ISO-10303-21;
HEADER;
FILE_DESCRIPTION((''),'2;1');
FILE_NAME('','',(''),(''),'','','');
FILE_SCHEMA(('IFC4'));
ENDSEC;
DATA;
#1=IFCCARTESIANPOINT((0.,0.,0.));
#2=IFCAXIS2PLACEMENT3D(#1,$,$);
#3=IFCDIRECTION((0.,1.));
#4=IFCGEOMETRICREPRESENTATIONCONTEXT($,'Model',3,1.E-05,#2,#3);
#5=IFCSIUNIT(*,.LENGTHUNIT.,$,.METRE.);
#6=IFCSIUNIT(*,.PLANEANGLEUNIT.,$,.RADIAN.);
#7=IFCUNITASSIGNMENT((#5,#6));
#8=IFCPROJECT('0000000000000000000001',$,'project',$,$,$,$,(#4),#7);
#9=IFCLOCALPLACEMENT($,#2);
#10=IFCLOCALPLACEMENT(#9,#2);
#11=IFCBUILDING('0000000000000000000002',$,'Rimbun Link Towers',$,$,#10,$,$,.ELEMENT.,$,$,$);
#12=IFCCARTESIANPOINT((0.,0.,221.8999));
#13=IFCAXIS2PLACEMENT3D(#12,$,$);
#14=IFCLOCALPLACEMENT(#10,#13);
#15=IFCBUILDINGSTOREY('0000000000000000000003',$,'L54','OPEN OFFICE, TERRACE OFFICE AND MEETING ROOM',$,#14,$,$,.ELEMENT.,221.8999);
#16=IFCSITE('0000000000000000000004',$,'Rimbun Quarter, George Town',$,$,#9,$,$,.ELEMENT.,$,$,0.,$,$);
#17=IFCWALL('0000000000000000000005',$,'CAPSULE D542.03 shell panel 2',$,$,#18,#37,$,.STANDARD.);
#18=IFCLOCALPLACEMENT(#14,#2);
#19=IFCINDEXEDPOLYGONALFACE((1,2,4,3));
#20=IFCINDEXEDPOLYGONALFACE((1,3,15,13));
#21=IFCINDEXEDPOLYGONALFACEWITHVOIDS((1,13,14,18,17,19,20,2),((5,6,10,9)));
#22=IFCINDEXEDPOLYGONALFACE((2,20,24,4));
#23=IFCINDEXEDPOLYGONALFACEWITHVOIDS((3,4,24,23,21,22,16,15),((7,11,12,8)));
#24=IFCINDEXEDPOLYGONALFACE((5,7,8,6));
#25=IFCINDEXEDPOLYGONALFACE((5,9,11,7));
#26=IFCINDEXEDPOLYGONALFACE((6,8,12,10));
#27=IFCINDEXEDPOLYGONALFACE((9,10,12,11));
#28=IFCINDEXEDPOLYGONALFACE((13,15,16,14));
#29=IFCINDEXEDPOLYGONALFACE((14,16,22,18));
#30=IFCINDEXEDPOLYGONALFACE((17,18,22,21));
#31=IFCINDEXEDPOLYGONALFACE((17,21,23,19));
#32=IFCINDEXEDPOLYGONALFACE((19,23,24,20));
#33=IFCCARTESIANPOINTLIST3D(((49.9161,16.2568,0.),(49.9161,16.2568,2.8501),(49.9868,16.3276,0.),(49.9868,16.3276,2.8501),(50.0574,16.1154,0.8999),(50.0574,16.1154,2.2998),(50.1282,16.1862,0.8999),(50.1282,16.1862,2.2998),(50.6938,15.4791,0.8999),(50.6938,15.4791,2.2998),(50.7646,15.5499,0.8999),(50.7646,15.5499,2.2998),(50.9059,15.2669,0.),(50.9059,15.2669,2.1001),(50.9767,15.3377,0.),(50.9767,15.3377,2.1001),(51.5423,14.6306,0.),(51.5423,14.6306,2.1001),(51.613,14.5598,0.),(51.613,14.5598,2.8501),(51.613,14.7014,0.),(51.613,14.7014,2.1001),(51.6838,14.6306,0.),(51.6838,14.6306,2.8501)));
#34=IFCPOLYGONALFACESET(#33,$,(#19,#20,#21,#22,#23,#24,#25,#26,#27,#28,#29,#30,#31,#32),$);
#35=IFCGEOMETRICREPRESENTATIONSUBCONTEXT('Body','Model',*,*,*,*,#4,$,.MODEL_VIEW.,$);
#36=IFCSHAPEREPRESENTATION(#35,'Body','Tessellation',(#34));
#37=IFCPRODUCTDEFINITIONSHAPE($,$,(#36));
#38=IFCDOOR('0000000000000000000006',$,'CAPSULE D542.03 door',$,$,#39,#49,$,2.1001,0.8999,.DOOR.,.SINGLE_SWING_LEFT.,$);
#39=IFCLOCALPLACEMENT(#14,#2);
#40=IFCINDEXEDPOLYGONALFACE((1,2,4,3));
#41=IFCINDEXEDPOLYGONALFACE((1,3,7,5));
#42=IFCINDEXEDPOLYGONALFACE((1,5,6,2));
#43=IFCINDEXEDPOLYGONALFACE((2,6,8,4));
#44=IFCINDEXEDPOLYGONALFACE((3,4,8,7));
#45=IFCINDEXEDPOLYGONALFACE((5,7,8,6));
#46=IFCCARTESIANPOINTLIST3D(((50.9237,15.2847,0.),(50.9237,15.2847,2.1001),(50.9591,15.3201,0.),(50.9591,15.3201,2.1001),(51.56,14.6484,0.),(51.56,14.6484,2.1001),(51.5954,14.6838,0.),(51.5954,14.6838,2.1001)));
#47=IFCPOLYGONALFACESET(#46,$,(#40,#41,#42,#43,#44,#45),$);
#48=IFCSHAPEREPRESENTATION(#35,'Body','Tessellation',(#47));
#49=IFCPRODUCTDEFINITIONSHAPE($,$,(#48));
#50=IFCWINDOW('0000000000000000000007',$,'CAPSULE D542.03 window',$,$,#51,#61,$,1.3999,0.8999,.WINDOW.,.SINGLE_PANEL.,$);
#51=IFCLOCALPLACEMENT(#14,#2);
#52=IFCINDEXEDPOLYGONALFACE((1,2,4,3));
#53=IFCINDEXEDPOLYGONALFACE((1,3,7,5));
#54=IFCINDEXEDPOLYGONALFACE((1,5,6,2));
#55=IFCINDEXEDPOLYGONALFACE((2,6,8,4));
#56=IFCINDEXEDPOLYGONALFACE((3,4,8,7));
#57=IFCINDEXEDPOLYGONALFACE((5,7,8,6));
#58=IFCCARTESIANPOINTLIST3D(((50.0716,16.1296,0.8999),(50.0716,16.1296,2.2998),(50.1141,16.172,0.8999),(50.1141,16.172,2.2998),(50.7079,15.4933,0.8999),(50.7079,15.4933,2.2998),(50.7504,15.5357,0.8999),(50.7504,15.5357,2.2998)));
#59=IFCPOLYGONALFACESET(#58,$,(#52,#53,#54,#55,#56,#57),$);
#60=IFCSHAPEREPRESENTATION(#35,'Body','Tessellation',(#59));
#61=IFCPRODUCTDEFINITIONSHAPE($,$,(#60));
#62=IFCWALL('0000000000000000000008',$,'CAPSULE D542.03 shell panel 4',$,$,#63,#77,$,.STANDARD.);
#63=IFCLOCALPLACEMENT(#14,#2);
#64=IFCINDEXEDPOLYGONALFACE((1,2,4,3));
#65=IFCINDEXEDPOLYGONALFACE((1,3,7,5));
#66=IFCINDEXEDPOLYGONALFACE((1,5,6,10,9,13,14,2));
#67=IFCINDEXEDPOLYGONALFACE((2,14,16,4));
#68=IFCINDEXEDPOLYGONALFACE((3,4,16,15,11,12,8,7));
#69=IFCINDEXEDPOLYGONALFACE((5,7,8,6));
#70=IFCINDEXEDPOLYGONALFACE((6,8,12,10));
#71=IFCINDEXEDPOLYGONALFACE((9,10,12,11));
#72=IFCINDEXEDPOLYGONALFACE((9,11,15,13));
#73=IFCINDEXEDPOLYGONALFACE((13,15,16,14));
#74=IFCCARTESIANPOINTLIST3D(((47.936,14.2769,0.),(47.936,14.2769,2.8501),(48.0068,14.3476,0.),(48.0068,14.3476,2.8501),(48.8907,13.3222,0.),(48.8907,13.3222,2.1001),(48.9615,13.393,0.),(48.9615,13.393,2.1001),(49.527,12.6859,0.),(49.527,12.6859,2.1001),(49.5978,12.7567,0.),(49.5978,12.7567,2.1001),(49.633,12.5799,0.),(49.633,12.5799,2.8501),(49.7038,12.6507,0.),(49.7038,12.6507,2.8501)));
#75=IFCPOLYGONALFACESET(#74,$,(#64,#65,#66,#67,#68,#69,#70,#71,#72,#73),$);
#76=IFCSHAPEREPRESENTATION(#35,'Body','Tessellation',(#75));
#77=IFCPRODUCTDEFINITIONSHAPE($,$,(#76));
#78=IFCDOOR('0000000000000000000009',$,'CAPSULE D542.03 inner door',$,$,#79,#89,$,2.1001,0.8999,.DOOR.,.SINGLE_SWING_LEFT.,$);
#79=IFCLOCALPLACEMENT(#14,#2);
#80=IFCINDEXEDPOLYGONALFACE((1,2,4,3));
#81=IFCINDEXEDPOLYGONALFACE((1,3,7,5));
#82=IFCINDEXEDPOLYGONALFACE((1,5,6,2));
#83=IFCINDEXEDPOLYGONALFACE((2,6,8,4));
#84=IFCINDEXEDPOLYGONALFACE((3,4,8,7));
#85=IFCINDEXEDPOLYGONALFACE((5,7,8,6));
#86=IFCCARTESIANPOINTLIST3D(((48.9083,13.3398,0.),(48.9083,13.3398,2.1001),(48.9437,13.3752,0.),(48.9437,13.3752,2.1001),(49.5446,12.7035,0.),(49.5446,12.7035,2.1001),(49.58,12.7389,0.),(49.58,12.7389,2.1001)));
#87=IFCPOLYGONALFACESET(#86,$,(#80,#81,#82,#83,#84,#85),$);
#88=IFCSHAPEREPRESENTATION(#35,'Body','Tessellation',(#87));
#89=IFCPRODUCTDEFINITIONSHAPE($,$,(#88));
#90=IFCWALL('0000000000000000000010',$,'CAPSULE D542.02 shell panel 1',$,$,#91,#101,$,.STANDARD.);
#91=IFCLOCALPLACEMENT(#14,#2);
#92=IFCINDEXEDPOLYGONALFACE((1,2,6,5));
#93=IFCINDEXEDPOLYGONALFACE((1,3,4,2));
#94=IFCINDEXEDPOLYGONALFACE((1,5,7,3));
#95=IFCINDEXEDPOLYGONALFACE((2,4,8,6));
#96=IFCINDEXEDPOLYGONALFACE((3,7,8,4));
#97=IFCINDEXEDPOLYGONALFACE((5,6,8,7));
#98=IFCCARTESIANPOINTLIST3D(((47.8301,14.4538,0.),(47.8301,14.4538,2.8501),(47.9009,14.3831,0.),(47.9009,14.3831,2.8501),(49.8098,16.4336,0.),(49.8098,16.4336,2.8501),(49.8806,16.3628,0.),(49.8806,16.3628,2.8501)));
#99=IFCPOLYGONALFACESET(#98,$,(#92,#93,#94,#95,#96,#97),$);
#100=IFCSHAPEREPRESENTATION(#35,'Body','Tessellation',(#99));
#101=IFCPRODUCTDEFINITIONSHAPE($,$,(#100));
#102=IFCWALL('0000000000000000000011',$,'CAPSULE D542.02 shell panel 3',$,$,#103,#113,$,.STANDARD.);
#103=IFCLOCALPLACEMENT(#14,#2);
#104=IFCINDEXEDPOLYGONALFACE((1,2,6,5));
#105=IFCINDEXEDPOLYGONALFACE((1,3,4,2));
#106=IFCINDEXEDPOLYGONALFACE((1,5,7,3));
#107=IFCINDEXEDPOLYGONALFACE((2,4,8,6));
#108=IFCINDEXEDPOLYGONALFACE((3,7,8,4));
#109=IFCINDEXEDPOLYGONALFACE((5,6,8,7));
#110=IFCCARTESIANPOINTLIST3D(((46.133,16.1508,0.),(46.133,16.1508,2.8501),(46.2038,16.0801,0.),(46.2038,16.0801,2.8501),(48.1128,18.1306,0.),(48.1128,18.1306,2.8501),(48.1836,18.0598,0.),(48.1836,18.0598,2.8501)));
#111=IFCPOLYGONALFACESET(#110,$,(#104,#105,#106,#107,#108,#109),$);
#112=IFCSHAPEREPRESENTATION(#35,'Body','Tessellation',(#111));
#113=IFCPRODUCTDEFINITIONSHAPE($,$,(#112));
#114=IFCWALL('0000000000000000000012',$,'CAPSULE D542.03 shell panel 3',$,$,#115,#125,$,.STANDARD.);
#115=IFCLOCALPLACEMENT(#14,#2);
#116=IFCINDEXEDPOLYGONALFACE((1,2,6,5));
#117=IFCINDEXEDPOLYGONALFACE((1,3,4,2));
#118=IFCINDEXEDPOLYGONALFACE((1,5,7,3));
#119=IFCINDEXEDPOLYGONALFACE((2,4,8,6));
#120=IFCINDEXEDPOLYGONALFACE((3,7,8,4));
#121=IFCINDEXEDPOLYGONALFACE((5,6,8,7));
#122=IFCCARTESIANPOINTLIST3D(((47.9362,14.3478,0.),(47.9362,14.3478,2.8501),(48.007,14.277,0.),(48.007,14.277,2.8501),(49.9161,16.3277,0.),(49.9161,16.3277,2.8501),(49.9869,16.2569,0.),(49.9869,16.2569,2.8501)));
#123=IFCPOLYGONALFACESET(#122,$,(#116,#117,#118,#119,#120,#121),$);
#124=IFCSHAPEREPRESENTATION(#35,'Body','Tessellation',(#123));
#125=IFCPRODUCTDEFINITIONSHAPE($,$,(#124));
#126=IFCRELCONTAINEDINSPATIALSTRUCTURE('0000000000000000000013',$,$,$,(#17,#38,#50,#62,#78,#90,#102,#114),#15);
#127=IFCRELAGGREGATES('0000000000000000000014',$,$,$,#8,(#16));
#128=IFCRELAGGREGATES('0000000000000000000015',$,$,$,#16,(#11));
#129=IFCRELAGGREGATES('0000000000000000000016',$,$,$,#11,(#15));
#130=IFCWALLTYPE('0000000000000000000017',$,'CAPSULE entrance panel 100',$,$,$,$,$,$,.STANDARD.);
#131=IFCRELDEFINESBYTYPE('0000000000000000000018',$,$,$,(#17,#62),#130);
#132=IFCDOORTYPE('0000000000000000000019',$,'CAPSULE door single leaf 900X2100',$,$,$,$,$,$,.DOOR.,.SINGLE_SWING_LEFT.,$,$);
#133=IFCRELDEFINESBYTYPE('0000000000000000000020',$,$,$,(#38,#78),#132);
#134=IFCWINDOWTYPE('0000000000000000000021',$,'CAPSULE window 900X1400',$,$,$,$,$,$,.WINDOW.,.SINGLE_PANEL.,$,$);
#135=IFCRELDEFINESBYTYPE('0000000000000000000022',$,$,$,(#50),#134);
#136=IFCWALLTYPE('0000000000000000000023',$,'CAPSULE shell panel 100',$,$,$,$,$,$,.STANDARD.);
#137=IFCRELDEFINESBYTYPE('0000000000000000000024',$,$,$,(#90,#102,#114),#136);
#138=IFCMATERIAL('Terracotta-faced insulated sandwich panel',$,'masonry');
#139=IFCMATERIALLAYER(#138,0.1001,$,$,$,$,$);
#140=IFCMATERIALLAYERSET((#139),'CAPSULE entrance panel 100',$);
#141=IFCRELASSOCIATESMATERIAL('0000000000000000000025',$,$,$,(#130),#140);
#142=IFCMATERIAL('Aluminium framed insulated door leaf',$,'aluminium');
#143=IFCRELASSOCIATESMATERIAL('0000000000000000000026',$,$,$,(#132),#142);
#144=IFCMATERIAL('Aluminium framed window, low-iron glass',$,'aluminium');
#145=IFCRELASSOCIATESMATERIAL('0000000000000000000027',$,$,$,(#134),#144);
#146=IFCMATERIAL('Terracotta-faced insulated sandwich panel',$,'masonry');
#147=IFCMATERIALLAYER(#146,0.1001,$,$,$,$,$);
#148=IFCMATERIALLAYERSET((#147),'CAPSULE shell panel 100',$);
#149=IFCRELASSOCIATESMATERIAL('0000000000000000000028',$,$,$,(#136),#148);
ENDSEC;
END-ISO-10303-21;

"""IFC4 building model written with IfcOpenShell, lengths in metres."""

from ifc_helpers import new_model, si_unit, direction, frame, frame_2d, origin, place, context, subcontext, project, spatial, rectangle, extrude, material, layer, layer_set, type_object, element, fill, save


model = new_model("IFC4")

# Units and contexts
model_context = context("Model", 3, precision=1e-05, world=origin(), true_north=direction((0.0, 1.0)))
body_context = subcontext(model_context, "Body", "Model", "MODEL_VIEW")
ifc_project = project(units=[si_unit("LENGTHUNIT", "METRE"), si_unit("PLANEANGLEUNIT", "RADIAN")], contexts=[model_context])

# Site, building, storey
site_placement = place(None, origin())
site = spatial("IfcSite", under=ifc_project, at=site_placement, Name="Rimbun Quarter, George Town", CompositionType="ELEMENT", RefElevation=0.0)
building_placement = place(site_placement, origin())
building = spatial("IfcBuilding", under=site, at=building_placement, Name="Rimbun Link Towers", CompositionType="ELEMENT")
storey_placement = place(building_placement, frame((0.0, 0.0, 221.8999)))
storey = spatial("IfcBuildingStorey", under=building, at=storey_placement, Name="L54", Description="OPEN OFFICE, TERRACE OFFICE AND MEETING ROOM", CompositionType="ELEMENT", Elevation=221.8999)

# Wall, openings, door, window
ifc_material_1 = material(Name="Terracotta-faced insulated sandwich panel", Category="masonry")
ifc_layer_1 = layer(ifc_material_1, 0.1001)
ifc_layer_set_1 = layer_set([ifc_layer_1], Name="CAPSULE entrance panel 100")
wall_type_1 = type_object("IfcWallType", Name="CAPSULE entrance panel 100", PredefinedType="STANDARD", material=ifc_layer_set_1)
ifc_material_2 = material(Name="Aluminium framed insulated door leaf", Category="aluminium")
door_type = type_object("IfcDoorType", Name="CAPSULE door single leaf 900X2100", OperationType="SINGLE_SWING_LEFT", PredefinedType="DOOR", material=ifc_material_2)
ifc_material_3 = material(Name="Aluminium framed window, low-iron glass", Category="aluminium")
window_type = type_object("IfcWindowType", Name="CAPSULE window 900X1400", PartitioningType="SINGLE_PANEL", PredefinedType="WINDOW", material=ifc_material_3)
wall_1_placement = place(storey_placement, frame((51.6484, 14.5952, 0.0), z_axis=(0.0, 0.0, 1.0), x_axis=(-0.707107, 0.707107, 0.0)))
wall_1 = element("IfcWall", 1, at=wall_1_placement, inside=storey, type_object=wall_type_1, Name="CAPSULE D542.03 shell panel 2", PredefinedType="STANDARD", context=body_context, shape_type="SweptSolid", body=[
    extrude(rectangle(XDim=2.3999, YDim=0.1001, at=frame_2d((1.2, 0.0))), origin(), (0.0, 0.0, 1.0), 2.8501),
])
opening_1_placement = place(wall_1_placement, frame((0.1001, 0.0, 0.0)))
opening_1 = element("IfcOpeningElement", 2, at=opening_1_placement, cuts=wall_1, PredefinedType="OPENING", context=body_context, shape_type="SweptSolid", body=[
    extrude(rectangle(XDim=0.8999, YDim=2.1001, at=frame_2d((0.45, 1.05))), frame((0.0, 0.0601, 0.0), z_axis=(0.0, -1.0, 0.0), x_axis=(1.0, 0.0, 0.0)), (0.0, 0.0, 1.0), 0.1201),
])
opening_2_placement = place(wall_1_placement, frame((1.3, 0.0, 0.8999)))
opening_2 = element("IfcOpeningElement", 3, at=opening_2_placement, cuts=wall_1, PredefinedType="OPENING", context=body_context, shape_type="SweptSolid", body=[
    extrude(rectangle(XDim=0.8999, YDim=1.3999, at=frame_2d((0.45, 0.7))), frame((0.0, 0.0601, 0.0), z_axis=(0.0, -1.0, 0.0), x_axis=(1.0, 0.0, 0.0)), (0.0, 0.0, 1.0), 0.1201),
])
door_1_placement = place(opening_1_placement, origin())
door_1 = element("IfcDoor", 4, at=door_1_placement, inside=storey, type_object=door_type, Name="CAPSULE D542.03 door", OperationType="SINGLE_SWING_LEFT", OverallHeight=2.1001, OverallWidth=0.8999, PredefinedType="DOOR", context=body_context, shape_type="SweptSolid", body=[
    extrude(rectangle(XDim=0.8999, YDim=2.1001, at=frame_2d((0.45, 1.05))), frame((0.0, 0.0249, 0.0), z_axis=(0.0, -1.0, 0.0), x_axis=(1.0, 0.0, 0.0)), (0.0, 0.0, 1.0), 0.05),
])
fill(opening_1, door_1)
window_1_placement = place(opening_2_placement, origin())
window_1 = element("IfcWindow", 5, at=window_1_placement, inside=storey, type_object=window_type, Name="CAPSULE D542.03 window", OverallHeight=1.3999, OverallWidth=0.8999, PartitioningType="SINGLE_PANEL", PredefinedType="WINDOW", context=body_context, shape_type="SweptSolid", body=[
    extrude(rectangle(XDim=0.8999, YDim=1.3999, at=frame_2d((0.45, 0.7))), frame((0.0, 0.03, 0.0), z_axis=(0.0, -1.0, 0.0), x_axis=(1.0, 0.0, 0.0)), (0.0, 0.0, 1.0), 0.0601),
])
fill(opening_2, window_1)

# Wall, opening, door
wall_2_placement = place(storey_placement, frame((47.9714, 14.3123, 0.0), z_axis=(0.0, 0.0, 1.0), x_axis=(0.707107, -0.707107, 0.0)))
wall_2 = element("IfcWall", 6, at=wall_2_placement, inside=storey, type_object=wall_type_1, Name="CAPSULE D542.03 shell panel 4", PredefinedType="STANDARD", context=body_context, shape_type="SweptSolid", body=[
    extrude(rectangle(XDim=2.3999, YDim=0.1001, at=frame_2d((1.2, 0.0))), origin(), (0.0, 0.0, 1.0), 2.8501),
])
opening_3_placement = place(wall_2_placement, frame((1.3501, 0.0, 0.0)))
opening_3 = element("IfcOpeningElement", 7, at=opening_3_placement, cuts=wall_2, PredefinedType="OPENING", context=body_context, shape_type="SweptSolid", body=[
    extrude(rectangle(XDim=0.8999, YDim=2.1001, at=frame_2d((0.45, 1.05))), frame((0.0, 0.0601, 0.0), z_axis=(0.0, -1.0, 0.0), x_axis=(1.0, 0.0, 0.0)), (0.0, 0.0, 1.0), 0.1201),
])
door_2_placement = place(opening_3_placement, origin())
door_2 = element("IfcDoor", 8, at=door_2_placement, inside=storey, type_object=door_type, Name="CAPSULE D542.03 inner door", OperationType="SINGLE_SWING_LEFT", OverallHeight=2.1001, OverallWidth=0.8999, PredefinedType="DOOR", context=body_context, shape_type="SweptSolid", body=[
    extrude(rectangle(XDim=0.8999, YDim=2.1001, at=frame_2d((0.45, 1.05))), frame((0.0, 0.0249, 0.0), z_axis=(0.0, -1.0, 0.0), x_axis=(1.0, 0.0, 0.0)), (0.0, 0.0, 1.0), 0.05),
])
fill(opening_3, door_2)

# Walls
ifc_material_4 = material(Name="Terracotta-faced insulated sandwich panel", Category="masonry")
ifc_layer_2 = layer(ifc_material_4, 0.1001)
ifc_layer_set_2 = layer_set([ifc_layer_2], Name="CAPSULE shell panel 100")
wall_type_2 = type_object("IfcWallType", Name="CAPSULE shell panel 100", PredefinedType="STANDARD", material=ifc_layer_set_2)
for number, where, z_axis, x_axis, name in (
    (9, (47.8655, 14.4185, 0.0), (0.0, 0.0, 1.0), (0.707107, 0.707107, 0.0), "CAPSULE D542.02 shell panel 1"),
    (10, (48.1482, 18.0952, 0.0), (0.0, 0.0, 1.0), (-0.707107, -0.707107, 0.0), "CAPSULE D542.02 shell panel 3"),
):
    element("IfcWall", number, at=place(storey_placement, frame(where, z_axis=z_axis, x_axis=x_axis)), inside=storey, type_object=wall_type_2, Name=name, PredefinedType="STANDARD", context=body_context, shape_type="SweptSolid", body=[
        extrude(rectangle(XDim=2.7998, YDim=0.1001, at=frame_2d((1.3999, 0.0))), origin(), (0.0, 0.0, 1.0), 2.8501),
    ])
wall_3_placement = place(storey_placement, frame((49.9514, 16.2922, 0.0), z_axis=(0.0, 0.0, 1.0), x_axis=(-0.707107, -0.707107, 0.0)))
element("IfcWall", 11, at=wall_3_placement, inside=storey, type_object=wall_type_2, Name="CAPSULE D542.03 shell panel 3", PredefinedType="STANDARD", context=body_context, shape_type="SweptSolid", body=[
    extrude(rectangle(XDim=2.8, YDim=0.1001, at=frame_2d((1.3999, 0.0))), origin(), (0.0, 0.0, 1.0), 2.8501),
])

save(model, "model.ifc")
